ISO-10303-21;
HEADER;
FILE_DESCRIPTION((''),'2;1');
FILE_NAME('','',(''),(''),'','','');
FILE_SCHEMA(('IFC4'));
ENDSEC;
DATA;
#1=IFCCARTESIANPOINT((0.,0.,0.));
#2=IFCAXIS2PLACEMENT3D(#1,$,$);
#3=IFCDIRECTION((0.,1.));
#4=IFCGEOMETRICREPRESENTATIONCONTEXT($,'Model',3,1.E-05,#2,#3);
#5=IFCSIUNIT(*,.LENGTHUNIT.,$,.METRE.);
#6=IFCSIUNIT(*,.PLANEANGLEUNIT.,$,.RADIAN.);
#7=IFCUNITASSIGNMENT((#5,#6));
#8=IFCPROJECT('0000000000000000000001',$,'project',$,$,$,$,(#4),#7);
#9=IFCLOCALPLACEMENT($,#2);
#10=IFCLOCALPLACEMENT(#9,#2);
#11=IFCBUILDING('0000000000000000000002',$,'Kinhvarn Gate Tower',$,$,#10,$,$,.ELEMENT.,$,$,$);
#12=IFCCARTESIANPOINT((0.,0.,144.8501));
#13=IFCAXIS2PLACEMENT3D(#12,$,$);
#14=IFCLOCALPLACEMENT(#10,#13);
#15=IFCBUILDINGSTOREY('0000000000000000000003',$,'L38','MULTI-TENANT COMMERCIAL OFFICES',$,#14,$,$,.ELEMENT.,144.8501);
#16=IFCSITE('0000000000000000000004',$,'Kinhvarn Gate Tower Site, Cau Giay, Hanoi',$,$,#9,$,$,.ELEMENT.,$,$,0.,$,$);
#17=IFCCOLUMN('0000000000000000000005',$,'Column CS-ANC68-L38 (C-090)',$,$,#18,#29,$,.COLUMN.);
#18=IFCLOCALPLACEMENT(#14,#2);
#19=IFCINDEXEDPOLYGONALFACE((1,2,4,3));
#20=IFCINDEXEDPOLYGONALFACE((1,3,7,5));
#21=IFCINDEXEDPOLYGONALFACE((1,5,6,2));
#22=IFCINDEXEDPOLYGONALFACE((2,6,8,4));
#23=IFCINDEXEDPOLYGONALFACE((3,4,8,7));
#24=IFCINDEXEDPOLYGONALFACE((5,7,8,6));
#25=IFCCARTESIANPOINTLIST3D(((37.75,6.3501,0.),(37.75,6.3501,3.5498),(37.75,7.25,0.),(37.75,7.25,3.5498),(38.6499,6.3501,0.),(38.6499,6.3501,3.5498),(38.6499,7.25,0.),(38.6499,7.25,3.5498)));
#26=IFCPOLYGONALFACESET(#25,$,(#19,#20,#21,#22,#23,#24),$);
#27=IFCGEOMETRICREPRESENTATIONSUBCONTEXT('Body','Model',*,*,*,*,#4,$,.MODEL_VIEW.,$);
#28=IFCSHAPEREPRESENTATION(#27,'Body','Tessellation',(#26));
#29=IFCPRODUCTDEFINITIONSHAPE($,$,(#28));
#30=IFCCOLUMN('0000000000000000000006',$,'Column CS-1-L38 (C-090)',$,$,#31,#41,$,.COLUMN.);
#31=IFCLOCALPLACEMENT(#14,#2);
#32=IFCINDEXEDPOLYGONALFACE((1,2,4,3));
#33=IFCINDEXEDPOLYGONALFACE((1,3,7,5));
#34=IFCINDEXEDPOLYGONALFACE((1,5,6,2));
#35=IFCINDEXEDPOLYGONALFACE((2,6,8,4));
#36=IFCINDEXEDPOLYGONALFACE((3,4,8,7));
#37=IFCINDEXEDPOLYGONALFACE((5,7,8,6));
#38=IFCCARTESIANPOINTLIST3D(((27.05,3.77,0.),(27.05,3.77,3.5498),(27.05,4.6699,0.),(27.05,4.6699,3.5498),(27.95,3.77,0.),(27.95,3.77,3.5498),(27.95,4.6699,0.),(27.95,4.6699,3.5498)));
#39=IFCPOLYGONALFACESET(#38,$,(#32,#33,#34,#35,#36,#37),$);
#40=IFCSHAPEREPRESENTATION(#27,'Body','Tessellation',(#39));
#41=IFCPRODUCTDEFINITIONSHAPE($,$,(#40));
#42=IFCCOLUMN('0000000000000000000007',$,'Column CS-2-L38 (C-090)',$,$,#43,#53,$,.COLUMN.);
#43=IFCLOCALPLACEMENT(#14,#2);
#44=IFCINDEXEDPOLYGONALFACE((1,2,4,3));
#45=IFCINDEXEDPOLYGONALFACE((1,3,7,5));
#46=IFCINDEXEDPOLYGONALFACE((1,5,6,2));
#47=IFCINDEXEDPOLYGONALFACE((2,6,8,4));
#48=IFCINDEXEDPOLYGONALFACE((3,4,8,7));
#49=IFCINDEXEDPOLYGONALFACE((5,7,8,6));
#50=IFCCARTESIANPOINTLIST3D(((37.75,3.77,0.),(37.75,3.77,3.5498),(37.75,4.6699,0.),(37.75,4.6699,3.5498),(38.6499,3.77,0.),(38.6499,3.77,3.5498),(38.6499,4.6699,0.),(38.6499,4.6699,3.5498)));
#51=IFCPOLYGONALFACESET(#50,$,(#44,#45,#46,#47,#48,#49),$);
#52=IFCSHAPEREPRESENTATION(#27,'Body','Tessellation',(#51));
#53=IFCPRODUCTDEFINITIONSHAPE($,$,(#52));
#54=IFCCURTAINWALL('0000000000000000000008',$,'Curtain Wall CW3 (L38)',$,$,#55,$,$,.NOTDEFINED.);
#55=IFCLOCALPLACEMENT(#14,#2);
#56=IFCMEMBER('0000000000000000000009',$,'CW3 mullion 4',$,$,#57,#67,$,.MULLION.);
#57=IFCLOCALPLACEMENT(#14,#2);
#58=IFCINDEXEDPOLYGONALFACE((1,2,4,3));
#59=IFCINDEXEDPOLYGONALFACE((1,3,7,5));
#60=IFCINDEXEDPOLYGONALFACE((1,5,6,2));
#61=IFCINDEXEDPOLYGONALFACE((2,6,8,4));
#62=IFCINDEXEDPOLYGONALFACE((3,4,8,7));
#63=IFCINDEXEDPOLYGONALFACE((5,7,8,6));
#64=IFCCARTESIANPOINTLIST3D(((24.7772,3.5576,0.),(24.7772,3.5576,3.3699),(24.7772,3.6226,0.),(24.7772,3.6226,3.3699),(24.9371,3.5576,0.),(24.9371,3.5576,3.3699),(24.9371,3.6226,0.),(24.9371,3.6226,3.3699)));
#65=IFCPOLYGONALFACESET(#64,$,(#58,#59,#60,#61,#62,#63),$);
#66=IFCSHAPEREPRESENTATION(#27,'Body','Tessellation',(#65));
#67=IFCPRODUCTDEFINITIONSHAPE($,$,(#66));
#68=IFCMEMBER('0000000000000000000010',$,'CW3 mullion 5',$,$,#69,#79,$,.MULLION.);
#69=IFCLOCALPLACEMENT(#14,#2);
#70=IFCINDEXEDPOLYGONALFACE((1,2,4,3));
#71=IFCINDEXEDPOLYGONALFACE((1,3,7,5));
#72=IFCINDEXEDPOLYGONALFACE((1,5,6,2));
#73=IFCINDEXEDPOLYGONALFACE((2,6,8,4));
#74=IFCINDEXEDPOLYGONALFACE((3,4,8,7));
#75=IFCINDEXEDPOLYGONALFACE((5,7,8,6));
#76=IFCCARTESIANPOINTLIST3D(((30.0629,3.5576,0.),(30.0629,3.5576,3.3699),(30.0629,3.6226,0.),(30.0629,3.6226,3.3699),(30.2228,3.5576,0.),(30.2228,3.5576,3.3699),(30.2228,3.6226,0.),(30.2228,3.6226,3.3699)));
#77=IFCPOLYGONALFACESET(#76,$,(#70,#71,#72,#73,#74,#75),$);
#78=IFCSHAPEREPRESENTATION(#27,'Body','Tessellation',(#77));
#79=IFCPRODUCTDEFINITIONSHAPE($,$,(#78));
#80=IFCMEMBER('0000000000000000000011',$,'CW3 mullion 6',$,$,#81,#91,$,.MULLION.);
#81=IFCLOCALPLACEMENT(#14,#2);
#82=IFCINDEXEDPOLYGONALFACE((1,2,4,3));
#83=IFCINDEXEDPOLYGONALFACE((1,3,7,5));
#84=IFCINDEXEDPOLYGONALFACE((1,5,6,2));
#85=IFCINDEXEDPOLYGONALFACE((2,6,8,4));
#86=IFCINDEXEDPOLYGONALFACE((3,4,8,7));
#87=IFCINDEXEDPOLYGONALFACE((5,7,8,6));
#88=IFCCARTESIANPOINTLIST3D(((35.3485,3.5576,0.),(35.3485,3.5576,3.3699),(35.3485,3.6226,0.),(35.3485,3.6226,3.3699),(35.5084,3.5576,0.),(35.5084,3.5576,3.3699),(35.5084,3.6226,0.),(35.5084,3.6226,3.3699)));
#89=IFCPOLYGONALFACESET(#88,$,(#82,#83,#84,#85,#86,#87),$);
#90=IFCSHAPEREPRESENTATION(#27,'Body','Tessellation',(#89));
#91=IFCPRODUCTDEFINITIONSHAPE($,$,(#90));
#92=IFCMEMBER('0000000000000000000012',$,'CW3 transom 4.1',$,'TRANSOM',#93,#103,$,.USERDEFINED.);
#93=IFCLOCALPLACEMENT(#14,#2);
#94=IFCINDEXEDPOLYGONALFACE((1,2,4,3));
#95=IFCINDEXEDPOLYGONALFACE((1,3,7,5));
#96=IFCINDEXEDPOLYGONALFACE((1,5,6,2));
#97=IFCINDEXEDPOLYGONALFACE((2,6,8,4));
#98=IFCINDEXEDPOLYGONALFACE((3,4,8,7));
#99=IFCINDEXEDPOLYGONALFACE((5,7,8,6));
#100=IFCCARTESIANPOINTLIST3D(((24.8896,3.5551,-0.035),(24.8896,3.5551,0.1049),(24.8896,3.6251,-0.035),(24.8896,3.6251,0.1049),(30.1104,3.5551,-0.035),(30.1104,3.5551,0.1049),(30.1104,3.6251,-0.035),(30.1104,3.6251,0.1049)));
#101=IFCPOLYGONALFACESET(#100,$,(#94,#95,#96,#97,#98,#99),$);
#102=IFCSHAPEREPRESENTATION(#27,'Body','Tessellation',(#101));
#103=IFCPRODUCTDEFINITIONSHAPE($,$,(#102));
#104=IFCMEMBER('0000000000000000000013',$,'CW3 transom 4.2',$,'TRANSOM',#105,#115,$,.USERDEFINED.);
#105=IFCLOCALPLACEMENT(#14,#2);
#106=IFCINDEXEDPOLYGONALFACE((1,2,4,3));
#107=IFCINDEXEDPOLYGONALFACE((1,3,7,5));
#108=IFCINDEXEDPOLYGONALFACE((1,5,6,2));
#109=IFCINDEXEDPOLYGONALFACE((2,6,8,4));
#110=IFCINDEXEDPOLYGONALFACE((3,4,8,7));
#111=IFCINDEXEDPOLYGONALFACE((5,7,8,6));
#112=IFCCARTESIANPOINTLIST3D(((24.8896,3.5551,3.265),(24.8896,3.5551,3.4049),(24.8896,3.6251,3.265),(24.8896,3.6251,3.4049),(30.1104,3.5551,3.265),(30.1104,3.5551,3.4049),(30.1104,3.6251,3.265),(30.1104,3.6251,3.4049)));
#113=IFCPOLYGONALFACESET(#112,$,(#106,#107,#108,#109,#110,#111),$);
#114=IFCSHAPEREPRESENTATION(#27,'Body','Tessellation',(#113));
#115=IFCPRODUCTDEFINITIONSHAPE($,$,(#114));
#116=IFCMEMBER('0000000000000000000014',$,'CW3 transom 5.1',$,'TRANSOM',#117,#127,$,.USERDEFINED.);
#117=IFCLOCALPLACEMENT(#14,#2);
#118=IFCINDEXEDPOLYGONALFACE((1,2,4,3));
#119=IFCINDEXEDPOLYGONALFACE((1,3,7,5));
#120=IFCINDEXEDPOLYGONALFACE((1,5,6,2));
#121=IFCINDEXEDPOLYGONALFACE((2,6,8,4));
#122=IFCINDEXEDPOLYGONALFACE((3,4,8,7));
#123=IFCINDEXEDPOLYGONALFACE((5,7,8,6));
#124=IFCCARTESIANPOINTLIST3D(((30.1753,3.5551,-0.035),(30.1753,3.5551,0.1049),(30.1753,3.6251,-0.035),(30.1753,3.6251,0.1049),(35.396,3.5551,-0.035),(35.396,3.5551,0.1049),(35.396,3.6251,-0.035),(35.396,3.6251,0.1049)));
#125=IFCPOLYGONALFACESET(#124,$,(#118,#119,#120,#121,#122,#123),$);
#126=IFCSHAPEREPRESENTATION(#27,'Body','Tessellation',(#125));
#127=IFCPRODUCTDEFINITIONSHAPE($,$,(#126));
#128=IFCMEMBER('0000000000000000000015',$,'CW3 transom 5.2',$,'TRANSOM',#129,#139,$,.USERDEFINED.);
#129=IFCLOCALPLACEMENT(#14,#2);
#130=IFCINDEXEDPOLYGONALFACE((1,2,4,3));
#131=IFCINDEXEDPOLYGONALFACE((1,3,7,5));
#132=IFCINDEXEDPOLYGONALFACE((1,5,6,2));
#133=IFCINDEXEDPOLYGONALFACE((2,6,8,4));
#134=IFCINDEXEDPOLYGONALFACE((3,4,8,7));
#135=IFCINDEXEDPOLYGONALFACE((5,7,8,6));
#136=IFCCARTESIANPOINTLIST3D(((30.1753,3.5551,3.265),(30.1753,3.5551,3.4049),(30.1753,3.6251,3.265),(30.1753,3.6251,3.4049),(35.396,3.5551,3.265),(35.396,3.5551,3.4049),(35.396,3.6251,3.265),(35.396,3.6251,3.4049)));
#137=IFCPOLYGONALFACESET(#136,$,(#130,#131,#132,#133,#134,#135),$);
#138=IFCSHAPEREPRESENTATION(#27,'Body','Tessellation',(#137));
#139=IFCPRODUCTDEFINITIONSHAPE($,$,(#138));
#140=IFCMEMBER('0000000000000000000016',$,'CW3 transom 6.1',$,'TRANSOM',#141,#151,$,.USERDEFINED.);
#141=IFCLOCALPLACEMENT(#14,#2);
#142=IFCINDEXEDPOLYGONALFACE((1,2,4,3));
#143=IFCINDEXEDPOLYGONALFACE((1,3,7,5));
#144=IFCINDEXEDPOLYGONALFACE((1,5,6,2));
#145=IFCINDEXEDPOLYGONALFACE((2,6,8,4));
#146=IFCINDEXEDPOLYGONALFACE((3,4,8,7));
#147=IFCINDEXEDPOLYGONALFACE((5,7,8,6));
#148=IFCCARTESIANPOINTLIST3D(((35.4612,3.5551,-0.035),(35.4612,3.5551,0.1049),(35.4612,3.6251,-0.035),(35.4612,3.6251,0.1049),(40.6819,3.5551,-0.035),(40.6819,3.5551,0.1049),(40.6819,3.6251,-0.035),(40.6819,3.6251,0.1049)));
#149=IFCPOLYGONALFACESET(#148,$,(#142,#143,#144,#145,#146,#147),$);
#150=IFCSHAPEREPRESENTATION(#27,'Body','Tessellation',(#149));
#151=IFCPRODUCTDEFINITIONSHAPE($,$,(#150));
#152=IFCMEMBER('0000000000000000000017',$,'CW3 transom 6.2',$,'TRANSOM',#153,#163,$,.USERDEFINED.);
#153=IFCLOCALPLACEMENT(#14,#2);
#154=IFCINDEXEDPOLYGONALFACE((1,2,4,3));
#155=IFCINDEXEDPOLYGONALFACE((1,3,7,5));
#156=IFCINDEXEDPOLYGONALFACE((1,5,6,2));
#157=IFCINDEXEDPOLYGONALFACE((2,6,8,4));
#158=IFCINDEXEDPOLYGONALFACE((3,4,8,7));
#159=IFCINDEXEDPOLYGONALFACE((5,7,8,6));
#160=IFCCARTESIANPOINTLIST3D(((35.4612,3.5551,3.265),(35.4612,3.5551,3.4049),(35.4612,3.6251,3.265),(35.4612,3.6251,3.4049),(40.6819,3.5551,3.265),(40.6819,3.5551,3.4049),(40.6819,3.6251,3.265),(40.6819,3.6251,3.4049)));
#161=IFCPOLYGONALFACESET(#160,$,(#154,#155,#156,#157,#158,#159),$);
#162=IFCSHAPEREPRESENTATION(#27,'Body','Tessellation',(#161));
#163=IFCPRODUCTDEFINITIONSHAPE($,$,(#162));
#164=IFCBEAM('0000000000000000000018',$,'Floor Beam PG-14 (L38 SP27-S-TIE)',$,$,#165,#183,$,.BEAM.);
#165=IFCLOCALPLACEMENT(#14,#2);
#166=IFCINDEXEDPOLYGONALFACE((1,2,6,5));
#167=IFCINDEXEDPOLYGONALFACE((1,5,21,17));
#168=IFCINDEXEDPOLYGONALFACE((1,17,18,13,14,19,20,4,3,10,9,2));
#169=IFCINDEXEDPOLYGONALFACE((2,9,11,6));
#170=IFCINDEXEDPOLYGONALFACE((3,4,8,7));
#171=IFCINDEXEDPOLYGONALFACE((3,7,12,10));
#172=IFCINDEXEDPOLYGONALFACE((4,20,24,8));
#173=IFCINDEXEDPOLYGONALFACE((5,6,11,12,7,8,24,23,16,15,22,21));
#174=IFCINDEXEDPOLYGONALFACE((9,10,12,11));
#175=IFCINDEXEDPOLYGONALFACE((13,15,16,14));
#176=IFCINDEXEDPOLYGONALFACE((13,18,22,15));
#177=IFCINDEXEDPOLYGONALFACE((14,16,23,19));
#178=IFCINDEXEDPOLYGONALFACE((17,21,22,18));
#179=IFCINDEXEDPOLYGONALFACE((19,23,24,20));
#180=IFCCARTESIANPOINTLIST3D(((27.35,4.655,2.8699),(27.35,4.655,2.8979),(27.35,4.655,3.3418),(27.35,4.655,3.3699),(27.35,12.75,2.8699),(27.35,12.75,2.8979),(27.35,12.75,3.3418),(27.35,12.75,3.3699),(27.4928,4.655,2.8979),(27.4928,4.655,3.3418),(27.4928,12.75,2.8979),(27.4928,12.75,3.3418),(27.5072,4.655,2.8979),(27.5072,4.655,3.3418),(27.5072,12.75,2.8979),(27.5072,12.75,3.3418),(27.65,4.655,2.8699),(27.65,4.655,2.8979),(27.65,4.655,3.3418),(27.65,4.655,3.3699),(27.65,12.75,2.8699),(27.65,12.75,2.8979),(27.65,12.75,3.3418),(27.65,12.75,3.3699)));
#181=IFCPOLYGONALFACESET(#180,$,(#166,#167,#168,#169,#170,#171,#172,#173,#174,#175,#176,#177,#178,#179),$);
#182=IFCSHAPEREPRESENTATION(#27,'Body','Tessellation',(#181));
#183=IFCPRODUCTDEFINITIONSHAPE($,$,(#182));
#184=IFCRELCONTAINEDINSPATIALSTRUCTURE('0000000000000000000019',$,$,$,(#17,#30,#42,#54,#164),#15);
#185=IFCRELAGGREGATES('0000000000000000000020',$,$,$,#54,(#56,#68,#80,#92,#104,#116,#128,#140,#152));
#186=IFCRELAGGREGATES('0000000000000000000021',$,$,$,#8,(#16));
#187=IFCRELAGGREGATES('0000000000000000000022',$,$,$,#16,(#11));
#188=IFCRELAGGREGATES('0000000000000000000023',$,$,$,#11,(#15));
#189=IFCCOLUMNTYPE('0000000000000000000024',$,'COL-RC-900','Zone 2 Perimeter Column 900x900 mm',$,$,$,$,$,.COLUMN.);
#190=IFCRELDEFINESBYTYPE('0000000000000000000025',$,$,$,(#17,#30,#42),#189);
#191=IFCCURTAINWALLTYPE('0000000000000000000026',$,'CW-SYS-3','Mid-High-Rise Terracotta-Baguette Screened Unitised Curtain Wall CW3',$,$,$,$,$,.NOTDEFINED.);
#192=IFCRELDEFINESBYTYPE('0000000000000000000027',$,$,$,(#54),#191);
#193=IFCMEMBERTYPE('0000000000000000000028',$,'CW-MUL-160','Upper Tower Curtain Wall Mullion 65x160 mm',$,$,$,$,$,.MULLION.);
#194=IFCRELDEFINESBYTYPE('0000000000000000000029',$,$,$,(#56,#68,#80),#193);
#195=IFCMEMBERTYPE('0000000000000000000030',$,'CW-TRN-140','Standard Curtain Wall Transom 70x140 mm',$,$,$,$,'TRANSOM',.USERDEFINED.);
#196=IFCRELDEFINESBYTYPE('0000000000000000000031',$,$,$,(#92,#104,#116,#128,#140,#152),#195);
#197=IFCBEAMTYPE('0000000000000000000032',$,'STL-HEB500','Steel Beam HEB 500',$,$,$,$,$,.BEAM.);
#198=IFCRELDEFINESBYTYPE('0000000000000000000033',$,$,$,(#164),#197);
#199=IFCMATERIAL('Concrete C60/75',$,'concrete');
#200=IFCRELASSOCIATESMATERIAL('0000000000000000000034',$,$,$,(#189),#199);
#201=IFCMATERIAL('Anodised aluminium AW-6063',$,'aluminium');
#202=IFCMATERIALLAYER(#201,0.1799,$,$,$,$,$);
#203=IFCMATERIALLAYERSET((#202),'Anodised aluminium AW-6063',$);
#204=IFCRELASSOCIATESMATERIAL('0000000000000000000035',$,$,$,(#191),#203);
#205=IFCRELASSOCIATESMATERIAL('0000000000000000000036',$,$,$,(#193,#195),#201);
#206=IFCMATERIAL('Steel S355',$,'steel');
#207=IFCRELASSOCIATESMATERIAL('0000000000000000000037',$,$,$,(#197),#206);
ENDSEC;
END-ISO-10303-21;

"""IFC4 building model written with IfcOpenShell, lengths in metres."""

from ifc_helpers import new_model, si_unit, direction, frame, origin, origin_2d, place, context, subcontext, project, spatial, rectangle, i_section, extrude, material, layer, layer_set, material_profile, profile_set, type_object, element, aggregate, save


model = new_model("IFC4")

# Units and contexts
model_context = context("Model", 3, precision=1e-05, world=origin(), true_north=direction((0.0, 1.0)))
body_context = subcontext(model_context, "Body", "Model", "MODEL_VIEW")
ifc_project = project(units=[si_unit("LENGTHUNIT", "METRE"), si_unit("PLANEANGLEUNIT", "RADIAN")], contexts=[model_context])

# Site, building, storey
site_placement = place(None, origin())
site = spatial("IfcSite", under=ifc_project, at=site_placement, Name="Kinhvarn Gate Tower Site, Cau Giay, Hanoi", CompositionType="ELEMENT", RefElevation=0.0)
building_placement = place(site_placement, origin())
building = spatial("IfcBuilding", under=site, at=building_placement, Name="Kinhvarn Gate Tower", CompositionType="ELEMENT")
storey_placement = place(building_placement, frame((0.0, 0.0, 144.8501)))
storey = spatial("IfcBuildingStorey", under=building, at=storey_placement, Name="L38", Description="MULTI-TENANT COMMERCIAL OFFICES", CompositionType="ELEMENT", Elevation=144.8501)

# Columns
ifc_material_1 = material(Name="Concrete C60/75", Category="concrete")
ifc_material_profile_1 = material_profile(ifc_material_1, rectangle(XDim=0.8999, YDim=0.8999, at=origin_2d()), Name="RC 900x900")
ifc_profile_set_1 = profile_set([ifc_material_profile_1], Name="Concrete C60/75")
column_type = type_object("IfcColumnType", Name="COL-RC-900", Description="Zone 2 Perimeter Column 900x900 mm", PredefinedType="COLUMN", material=ifc_profile_set_1)
for number, where, z_axis, x_axis, name in (
    (1, (38.2, 6.8, 0.0), (0.0, 0.0, 1.0), (1.0, 0.0, 0.0), "Column CS-ANC68-L38 (C-090)"),
    (2, (27.5, 4.22, 0.0), (0.0, 0.0, 1.0), (1.0, 0.0, 0.0), "Column CS-1-L38 (C-090)"),
    (3, (38.2, 4.22, 0.0), (0.0, 0.0, 1.0), (1.0, 0.0, 0.0), "Column CS-2-L38 (C-090)"),
):
    element("IfcColumn", number, at=place(storey_placement, frame(where, z_axis=z_axis, x_axis=x_axis)), inside=storey, type_object=column_type, Name=name, PredefinedType="COLUMN", context=body_context, shape_type="SweptSolid", body=[
        extrude(rectangle(XDim=0.8999, YDim=0.8999, at=origin_2d()), origin(), (0.0, 0.0, 1.0), 3.5498),
    ])

# Curtain wall, members
ifc_material_2 = material(Name="Anodised aluminium AW-6063", Category="aluminium")
ifc_layer_1 = layer(ifc_material_2, 0.1799)
ifc_layer_set_1 = layer_set([ifc_layer_1], Name="Anodised aluminium AW-6063")
curtain_wall_type = type_object("IfcCurtainWallType", Name="CW-SYS-3", Description="Mid-High-Rise Terracotta-Baguette Screened Unitised Curtain Wall CW3", PredefinedType="NOTDEFINED", material=ifc_layer_set_1)
curtain_wall_placement = place(storey_placement, origin())
curtain_wall = element("IfcCurtainWall", 4, at=curtain_wall_placement, inside=storey, type_object=curtain_wall_type, Name="Curtain Wall CW3 (L38)", PredefinedType="NOTDEFINED")
ifc_material_profile_2 = material_profile(ifc_material_2, rectangle(XDim=0.0649, YDim=0.1599, at=origin_2d()), Name="ALU 65x160")
ifc_profile_set_2 = profile_set([ifc_material_profile_2], Name="Anodised aluminium AW-6063")
member_type_1 = type_object("IfcMemberType", Name="CW-MUL-160", Description="Upper Tower Curtain Wall Mullion 65x160 mm", PredefinedType="MULLION", material=ifc_profile_set_2)
member_1_placement = place(storey_placement, frame((24.8572, 3.5901, 0.0), z_axis=(0.0, 0.0, 1.0), x_axis=(0.0, 1.0, 0.0)))
member_1 = element("IfcMember", 5, at=member_1_placement, type_object=member_type_1, Name="CW3 mullion 4", PredefinedType="MULLION", context=body_context, shape_type="SweptSolid", body=[
    extrude(rectangle(XDim=0.0649, YDim=0.1599, at=origin_2d()), origin(), (0.0, 0.0, 1.0), 3.3699),
])
member_2_placement = place(storey_placement, frame((30.1428, 3.5901, 0.0), z_axis=(0.0, 0.0, 1.0), x_axis=(0.0, 1.0, 0.0)))
member_2 = element("IfcMember", 6, at=member_2_placement, type_object=member_type_1, Name="CW3 mullion 5", PredefinedType="MULLION", context=body_context, shape_type="SweptSolid", body=[
    extrude(rectangle(XDim=0.0649, YDim=0.1599, at=origin_2d()), origin(), (0.0, 0.0, 1.0), 3.3699),
])
member_3_placement = place(storey_placement, frame((35.4285, 3.5901, 0.0), z_axis=(0.0, 0.0, 1.0), x_axis=(0.0, 1.0, 0.0)))
member_3 = element("IfcMember", 7, at=member_3_placement, type_object=member_type_1, Name="CW3 mullion 6", PredefinedType="MULLION", context=body_context, shape_type="SweptSolid", body=[
    extrude(rectangle(XDim=0.0649, YDim=0.1599, at=origin_2d()), origin(), (0.0, 0.0, 1.0), 3.3699),
])
ifc_material_profile_3 = material_profile(ifc_material_2, rectangle(XDim=0.0701, YDim=0.1399, at=origin_2d()), Name="ALU 70x140")
ifc_profile_set_3 = profile_set([ifc_material_profile_3], Name="Anodised aluminium AW-6063")
member_type_2 = type_object("IfcMemberType", Name="CW-TRN-140", Description="Standard Curtain Wall Transom 70x140 mm", ElementType="TRANSOM", PredefinedType="USERDEFINED", material=ifc_profile_set_3)
member_4_placement = place(storey_placement, frame((24.8896, 3.5901, 0.0349), z_axis=(1.0, 0.0, 0.0), x_axis=(0.0, 1.0, 0.0)))
member_4 = element("IfcMember", 8, at=member_4_placement, type_object=member_type_2, Name="CW3 transom 4.1", ObjectType="TRANSOM", PredefinedType="USERDEFINED", context=body_context, shape_type="SweptSolid", body=[
    extrude(rectangle(XDim=0.0701, YDim=0.1399, at=origin_2d()), origin(), (0.0, 0.0, 1.0), 5.2207),
])
member_5_placement = place(storey_placement, frame((24.8896, 3.5901, 3.335), z_axis=(1.0, 0.0, 0.0), x_axis=(0.0, 1.0, 0.0)))
member_5 = element("IfcMember", 9, at=member_5_placement, type_object=member_type_2, Name="CW3 transom 4.2", ObjectType="TRANSOM", PredefinedType="USERDEFINED", context=body_context, shape_type="SweptSolid", body=[
    extrude(rectangle(XDim=0.0701, YDim=0.1399, at=origin_2d()), origin(), (0.0, 0.0, 1.0), 5.2207),
])
member_6_placement = place(storey_placement, frame((30.1753, 3.5901, 0.0349), z_axis=(1.0, 0.0, 0.0), x_axis=(0.0, 1.0, 0.0)))
member_6 = element("IfcMember", 10, at=member_6_placement, type_object=member_type_2, Name="CW3 transom 5.1", ObjectType="TRANSOM", PredefinedType="USERDEFINED", context=body_context, shape_type="SweptSolid", body=[
    extrude(rectangle(XDim=0.0701, YDim=0.1399, at=origin_2d()), origin(), (0.0, 0.0, 1.0), 5.2207),
])
member_7_placement = place(storey_placement, frame((30.1753, 3.5901, 3.335), z_axis=(1.0, 0.0, 0.0), x_axis=(0.0, 1.0, 0.0)))
member_7 = element("IfcMember", 11, at=member_7_placement, type_object=member_type_2, Name="CW3 transom 5.2", ObjectType="TRANSOM", PredefinedType="USERDEFINED", context=body_context, shape_type="SweptSolid", body=[
    extrude(rectangle(XDim=0.0701, YDim=0.1399, at=origin_2d()), origin(), (0.0, 0.0, 1.0), 5.2207),
])
member_8_placement = place(storey_placement, frame((35.4612, 3.5901, 0.0349), z_axis=(1.0, 0.0, 0.0), x_axis=(0.0, 1.0, 0.0)))
member_8 = element("IfcMember", 12, at=member_8_placement, type_object=member_type_2, Name="CW3 transom 6.1", ObjectType="TRANSOM", PredefinedType="USERDEFINED", context=body_context, shape_type="SweptSolid", body=[
    extrude(rectangle(XDim=0.0701, YDim=0.1399, at=origin_2d()), origin(), (0.0, 0.0, 1.0), 5.2207),
])
member_9_placement = place(storey_placement, frame((35.4612, 3.5901, 3.335), z_axis=(1.0, 0.0, 0.0), x_axis=(0.0, 1.0, 0.0)))
member_9 = element("IfcMember", 13, at=member_9_placement, type_object=member_type_2, Name="CW3 transom 6.2", ObjectType="TRANSOM", PredefinedType="USERDEFINED", context=body_context, shape_type="SweptSolid", body=[
    extrude(rectangle(XDim=0.0701, YDim=0.1399, at=origin_2d()), origin(), (0.0, 0.0, 1.0), 5.2207),
])

# Beam
ifc_material_3 = material(Name="Steel S355", Category="steel")
ifc_material_profile_4 = material_profile(ifc_material_3, i_section(OverallWidth=0.3, OverallDepth=0.5, WebThickness=0.0144, FlangeThickness=0.0281, at=origin_2d()), Name="HEB 500")
ifc_profile_set_4 = profile_set([ifc_material_profile_4], Name="Steel S355")
beam_type_1 = type_object("IfcBeamType", Name="STL-HEB500", Description="Steel Beam HEB 500", PredefinedType="BEAM", material=ifc_profile_set_4)
beam_1_placement = place(storey_placement, frame((27.5, 4.655, 3.1199), z_axis=(0.0, 1.0, 0.0), x_axis=(-1.0, 0.0, 0.0)))
element("IfcBeam", 14, at=beam_1_placement, inside=storey, type_object=beam_type_1, Name="Floor Beam PG-14 (L38 SP27-S-TIE)", PredefinedType="BEAM", context=body_context, shape_type="SweptSolid", body=[
    extrude(i_section(OverallWidth=0.3, OverallDepth=0.5, WebThickness=0.0144, FlangeThickness=0.0281, at=origin_2d()), origin(), (0.0, 0.0, 1.0), 8.095),
])

aggregate(curtain_wall, [member_1, member_2, member_3, member_4, member_5, member_6, member_7, member_8, member_9])

save(model, "model.ifc")
